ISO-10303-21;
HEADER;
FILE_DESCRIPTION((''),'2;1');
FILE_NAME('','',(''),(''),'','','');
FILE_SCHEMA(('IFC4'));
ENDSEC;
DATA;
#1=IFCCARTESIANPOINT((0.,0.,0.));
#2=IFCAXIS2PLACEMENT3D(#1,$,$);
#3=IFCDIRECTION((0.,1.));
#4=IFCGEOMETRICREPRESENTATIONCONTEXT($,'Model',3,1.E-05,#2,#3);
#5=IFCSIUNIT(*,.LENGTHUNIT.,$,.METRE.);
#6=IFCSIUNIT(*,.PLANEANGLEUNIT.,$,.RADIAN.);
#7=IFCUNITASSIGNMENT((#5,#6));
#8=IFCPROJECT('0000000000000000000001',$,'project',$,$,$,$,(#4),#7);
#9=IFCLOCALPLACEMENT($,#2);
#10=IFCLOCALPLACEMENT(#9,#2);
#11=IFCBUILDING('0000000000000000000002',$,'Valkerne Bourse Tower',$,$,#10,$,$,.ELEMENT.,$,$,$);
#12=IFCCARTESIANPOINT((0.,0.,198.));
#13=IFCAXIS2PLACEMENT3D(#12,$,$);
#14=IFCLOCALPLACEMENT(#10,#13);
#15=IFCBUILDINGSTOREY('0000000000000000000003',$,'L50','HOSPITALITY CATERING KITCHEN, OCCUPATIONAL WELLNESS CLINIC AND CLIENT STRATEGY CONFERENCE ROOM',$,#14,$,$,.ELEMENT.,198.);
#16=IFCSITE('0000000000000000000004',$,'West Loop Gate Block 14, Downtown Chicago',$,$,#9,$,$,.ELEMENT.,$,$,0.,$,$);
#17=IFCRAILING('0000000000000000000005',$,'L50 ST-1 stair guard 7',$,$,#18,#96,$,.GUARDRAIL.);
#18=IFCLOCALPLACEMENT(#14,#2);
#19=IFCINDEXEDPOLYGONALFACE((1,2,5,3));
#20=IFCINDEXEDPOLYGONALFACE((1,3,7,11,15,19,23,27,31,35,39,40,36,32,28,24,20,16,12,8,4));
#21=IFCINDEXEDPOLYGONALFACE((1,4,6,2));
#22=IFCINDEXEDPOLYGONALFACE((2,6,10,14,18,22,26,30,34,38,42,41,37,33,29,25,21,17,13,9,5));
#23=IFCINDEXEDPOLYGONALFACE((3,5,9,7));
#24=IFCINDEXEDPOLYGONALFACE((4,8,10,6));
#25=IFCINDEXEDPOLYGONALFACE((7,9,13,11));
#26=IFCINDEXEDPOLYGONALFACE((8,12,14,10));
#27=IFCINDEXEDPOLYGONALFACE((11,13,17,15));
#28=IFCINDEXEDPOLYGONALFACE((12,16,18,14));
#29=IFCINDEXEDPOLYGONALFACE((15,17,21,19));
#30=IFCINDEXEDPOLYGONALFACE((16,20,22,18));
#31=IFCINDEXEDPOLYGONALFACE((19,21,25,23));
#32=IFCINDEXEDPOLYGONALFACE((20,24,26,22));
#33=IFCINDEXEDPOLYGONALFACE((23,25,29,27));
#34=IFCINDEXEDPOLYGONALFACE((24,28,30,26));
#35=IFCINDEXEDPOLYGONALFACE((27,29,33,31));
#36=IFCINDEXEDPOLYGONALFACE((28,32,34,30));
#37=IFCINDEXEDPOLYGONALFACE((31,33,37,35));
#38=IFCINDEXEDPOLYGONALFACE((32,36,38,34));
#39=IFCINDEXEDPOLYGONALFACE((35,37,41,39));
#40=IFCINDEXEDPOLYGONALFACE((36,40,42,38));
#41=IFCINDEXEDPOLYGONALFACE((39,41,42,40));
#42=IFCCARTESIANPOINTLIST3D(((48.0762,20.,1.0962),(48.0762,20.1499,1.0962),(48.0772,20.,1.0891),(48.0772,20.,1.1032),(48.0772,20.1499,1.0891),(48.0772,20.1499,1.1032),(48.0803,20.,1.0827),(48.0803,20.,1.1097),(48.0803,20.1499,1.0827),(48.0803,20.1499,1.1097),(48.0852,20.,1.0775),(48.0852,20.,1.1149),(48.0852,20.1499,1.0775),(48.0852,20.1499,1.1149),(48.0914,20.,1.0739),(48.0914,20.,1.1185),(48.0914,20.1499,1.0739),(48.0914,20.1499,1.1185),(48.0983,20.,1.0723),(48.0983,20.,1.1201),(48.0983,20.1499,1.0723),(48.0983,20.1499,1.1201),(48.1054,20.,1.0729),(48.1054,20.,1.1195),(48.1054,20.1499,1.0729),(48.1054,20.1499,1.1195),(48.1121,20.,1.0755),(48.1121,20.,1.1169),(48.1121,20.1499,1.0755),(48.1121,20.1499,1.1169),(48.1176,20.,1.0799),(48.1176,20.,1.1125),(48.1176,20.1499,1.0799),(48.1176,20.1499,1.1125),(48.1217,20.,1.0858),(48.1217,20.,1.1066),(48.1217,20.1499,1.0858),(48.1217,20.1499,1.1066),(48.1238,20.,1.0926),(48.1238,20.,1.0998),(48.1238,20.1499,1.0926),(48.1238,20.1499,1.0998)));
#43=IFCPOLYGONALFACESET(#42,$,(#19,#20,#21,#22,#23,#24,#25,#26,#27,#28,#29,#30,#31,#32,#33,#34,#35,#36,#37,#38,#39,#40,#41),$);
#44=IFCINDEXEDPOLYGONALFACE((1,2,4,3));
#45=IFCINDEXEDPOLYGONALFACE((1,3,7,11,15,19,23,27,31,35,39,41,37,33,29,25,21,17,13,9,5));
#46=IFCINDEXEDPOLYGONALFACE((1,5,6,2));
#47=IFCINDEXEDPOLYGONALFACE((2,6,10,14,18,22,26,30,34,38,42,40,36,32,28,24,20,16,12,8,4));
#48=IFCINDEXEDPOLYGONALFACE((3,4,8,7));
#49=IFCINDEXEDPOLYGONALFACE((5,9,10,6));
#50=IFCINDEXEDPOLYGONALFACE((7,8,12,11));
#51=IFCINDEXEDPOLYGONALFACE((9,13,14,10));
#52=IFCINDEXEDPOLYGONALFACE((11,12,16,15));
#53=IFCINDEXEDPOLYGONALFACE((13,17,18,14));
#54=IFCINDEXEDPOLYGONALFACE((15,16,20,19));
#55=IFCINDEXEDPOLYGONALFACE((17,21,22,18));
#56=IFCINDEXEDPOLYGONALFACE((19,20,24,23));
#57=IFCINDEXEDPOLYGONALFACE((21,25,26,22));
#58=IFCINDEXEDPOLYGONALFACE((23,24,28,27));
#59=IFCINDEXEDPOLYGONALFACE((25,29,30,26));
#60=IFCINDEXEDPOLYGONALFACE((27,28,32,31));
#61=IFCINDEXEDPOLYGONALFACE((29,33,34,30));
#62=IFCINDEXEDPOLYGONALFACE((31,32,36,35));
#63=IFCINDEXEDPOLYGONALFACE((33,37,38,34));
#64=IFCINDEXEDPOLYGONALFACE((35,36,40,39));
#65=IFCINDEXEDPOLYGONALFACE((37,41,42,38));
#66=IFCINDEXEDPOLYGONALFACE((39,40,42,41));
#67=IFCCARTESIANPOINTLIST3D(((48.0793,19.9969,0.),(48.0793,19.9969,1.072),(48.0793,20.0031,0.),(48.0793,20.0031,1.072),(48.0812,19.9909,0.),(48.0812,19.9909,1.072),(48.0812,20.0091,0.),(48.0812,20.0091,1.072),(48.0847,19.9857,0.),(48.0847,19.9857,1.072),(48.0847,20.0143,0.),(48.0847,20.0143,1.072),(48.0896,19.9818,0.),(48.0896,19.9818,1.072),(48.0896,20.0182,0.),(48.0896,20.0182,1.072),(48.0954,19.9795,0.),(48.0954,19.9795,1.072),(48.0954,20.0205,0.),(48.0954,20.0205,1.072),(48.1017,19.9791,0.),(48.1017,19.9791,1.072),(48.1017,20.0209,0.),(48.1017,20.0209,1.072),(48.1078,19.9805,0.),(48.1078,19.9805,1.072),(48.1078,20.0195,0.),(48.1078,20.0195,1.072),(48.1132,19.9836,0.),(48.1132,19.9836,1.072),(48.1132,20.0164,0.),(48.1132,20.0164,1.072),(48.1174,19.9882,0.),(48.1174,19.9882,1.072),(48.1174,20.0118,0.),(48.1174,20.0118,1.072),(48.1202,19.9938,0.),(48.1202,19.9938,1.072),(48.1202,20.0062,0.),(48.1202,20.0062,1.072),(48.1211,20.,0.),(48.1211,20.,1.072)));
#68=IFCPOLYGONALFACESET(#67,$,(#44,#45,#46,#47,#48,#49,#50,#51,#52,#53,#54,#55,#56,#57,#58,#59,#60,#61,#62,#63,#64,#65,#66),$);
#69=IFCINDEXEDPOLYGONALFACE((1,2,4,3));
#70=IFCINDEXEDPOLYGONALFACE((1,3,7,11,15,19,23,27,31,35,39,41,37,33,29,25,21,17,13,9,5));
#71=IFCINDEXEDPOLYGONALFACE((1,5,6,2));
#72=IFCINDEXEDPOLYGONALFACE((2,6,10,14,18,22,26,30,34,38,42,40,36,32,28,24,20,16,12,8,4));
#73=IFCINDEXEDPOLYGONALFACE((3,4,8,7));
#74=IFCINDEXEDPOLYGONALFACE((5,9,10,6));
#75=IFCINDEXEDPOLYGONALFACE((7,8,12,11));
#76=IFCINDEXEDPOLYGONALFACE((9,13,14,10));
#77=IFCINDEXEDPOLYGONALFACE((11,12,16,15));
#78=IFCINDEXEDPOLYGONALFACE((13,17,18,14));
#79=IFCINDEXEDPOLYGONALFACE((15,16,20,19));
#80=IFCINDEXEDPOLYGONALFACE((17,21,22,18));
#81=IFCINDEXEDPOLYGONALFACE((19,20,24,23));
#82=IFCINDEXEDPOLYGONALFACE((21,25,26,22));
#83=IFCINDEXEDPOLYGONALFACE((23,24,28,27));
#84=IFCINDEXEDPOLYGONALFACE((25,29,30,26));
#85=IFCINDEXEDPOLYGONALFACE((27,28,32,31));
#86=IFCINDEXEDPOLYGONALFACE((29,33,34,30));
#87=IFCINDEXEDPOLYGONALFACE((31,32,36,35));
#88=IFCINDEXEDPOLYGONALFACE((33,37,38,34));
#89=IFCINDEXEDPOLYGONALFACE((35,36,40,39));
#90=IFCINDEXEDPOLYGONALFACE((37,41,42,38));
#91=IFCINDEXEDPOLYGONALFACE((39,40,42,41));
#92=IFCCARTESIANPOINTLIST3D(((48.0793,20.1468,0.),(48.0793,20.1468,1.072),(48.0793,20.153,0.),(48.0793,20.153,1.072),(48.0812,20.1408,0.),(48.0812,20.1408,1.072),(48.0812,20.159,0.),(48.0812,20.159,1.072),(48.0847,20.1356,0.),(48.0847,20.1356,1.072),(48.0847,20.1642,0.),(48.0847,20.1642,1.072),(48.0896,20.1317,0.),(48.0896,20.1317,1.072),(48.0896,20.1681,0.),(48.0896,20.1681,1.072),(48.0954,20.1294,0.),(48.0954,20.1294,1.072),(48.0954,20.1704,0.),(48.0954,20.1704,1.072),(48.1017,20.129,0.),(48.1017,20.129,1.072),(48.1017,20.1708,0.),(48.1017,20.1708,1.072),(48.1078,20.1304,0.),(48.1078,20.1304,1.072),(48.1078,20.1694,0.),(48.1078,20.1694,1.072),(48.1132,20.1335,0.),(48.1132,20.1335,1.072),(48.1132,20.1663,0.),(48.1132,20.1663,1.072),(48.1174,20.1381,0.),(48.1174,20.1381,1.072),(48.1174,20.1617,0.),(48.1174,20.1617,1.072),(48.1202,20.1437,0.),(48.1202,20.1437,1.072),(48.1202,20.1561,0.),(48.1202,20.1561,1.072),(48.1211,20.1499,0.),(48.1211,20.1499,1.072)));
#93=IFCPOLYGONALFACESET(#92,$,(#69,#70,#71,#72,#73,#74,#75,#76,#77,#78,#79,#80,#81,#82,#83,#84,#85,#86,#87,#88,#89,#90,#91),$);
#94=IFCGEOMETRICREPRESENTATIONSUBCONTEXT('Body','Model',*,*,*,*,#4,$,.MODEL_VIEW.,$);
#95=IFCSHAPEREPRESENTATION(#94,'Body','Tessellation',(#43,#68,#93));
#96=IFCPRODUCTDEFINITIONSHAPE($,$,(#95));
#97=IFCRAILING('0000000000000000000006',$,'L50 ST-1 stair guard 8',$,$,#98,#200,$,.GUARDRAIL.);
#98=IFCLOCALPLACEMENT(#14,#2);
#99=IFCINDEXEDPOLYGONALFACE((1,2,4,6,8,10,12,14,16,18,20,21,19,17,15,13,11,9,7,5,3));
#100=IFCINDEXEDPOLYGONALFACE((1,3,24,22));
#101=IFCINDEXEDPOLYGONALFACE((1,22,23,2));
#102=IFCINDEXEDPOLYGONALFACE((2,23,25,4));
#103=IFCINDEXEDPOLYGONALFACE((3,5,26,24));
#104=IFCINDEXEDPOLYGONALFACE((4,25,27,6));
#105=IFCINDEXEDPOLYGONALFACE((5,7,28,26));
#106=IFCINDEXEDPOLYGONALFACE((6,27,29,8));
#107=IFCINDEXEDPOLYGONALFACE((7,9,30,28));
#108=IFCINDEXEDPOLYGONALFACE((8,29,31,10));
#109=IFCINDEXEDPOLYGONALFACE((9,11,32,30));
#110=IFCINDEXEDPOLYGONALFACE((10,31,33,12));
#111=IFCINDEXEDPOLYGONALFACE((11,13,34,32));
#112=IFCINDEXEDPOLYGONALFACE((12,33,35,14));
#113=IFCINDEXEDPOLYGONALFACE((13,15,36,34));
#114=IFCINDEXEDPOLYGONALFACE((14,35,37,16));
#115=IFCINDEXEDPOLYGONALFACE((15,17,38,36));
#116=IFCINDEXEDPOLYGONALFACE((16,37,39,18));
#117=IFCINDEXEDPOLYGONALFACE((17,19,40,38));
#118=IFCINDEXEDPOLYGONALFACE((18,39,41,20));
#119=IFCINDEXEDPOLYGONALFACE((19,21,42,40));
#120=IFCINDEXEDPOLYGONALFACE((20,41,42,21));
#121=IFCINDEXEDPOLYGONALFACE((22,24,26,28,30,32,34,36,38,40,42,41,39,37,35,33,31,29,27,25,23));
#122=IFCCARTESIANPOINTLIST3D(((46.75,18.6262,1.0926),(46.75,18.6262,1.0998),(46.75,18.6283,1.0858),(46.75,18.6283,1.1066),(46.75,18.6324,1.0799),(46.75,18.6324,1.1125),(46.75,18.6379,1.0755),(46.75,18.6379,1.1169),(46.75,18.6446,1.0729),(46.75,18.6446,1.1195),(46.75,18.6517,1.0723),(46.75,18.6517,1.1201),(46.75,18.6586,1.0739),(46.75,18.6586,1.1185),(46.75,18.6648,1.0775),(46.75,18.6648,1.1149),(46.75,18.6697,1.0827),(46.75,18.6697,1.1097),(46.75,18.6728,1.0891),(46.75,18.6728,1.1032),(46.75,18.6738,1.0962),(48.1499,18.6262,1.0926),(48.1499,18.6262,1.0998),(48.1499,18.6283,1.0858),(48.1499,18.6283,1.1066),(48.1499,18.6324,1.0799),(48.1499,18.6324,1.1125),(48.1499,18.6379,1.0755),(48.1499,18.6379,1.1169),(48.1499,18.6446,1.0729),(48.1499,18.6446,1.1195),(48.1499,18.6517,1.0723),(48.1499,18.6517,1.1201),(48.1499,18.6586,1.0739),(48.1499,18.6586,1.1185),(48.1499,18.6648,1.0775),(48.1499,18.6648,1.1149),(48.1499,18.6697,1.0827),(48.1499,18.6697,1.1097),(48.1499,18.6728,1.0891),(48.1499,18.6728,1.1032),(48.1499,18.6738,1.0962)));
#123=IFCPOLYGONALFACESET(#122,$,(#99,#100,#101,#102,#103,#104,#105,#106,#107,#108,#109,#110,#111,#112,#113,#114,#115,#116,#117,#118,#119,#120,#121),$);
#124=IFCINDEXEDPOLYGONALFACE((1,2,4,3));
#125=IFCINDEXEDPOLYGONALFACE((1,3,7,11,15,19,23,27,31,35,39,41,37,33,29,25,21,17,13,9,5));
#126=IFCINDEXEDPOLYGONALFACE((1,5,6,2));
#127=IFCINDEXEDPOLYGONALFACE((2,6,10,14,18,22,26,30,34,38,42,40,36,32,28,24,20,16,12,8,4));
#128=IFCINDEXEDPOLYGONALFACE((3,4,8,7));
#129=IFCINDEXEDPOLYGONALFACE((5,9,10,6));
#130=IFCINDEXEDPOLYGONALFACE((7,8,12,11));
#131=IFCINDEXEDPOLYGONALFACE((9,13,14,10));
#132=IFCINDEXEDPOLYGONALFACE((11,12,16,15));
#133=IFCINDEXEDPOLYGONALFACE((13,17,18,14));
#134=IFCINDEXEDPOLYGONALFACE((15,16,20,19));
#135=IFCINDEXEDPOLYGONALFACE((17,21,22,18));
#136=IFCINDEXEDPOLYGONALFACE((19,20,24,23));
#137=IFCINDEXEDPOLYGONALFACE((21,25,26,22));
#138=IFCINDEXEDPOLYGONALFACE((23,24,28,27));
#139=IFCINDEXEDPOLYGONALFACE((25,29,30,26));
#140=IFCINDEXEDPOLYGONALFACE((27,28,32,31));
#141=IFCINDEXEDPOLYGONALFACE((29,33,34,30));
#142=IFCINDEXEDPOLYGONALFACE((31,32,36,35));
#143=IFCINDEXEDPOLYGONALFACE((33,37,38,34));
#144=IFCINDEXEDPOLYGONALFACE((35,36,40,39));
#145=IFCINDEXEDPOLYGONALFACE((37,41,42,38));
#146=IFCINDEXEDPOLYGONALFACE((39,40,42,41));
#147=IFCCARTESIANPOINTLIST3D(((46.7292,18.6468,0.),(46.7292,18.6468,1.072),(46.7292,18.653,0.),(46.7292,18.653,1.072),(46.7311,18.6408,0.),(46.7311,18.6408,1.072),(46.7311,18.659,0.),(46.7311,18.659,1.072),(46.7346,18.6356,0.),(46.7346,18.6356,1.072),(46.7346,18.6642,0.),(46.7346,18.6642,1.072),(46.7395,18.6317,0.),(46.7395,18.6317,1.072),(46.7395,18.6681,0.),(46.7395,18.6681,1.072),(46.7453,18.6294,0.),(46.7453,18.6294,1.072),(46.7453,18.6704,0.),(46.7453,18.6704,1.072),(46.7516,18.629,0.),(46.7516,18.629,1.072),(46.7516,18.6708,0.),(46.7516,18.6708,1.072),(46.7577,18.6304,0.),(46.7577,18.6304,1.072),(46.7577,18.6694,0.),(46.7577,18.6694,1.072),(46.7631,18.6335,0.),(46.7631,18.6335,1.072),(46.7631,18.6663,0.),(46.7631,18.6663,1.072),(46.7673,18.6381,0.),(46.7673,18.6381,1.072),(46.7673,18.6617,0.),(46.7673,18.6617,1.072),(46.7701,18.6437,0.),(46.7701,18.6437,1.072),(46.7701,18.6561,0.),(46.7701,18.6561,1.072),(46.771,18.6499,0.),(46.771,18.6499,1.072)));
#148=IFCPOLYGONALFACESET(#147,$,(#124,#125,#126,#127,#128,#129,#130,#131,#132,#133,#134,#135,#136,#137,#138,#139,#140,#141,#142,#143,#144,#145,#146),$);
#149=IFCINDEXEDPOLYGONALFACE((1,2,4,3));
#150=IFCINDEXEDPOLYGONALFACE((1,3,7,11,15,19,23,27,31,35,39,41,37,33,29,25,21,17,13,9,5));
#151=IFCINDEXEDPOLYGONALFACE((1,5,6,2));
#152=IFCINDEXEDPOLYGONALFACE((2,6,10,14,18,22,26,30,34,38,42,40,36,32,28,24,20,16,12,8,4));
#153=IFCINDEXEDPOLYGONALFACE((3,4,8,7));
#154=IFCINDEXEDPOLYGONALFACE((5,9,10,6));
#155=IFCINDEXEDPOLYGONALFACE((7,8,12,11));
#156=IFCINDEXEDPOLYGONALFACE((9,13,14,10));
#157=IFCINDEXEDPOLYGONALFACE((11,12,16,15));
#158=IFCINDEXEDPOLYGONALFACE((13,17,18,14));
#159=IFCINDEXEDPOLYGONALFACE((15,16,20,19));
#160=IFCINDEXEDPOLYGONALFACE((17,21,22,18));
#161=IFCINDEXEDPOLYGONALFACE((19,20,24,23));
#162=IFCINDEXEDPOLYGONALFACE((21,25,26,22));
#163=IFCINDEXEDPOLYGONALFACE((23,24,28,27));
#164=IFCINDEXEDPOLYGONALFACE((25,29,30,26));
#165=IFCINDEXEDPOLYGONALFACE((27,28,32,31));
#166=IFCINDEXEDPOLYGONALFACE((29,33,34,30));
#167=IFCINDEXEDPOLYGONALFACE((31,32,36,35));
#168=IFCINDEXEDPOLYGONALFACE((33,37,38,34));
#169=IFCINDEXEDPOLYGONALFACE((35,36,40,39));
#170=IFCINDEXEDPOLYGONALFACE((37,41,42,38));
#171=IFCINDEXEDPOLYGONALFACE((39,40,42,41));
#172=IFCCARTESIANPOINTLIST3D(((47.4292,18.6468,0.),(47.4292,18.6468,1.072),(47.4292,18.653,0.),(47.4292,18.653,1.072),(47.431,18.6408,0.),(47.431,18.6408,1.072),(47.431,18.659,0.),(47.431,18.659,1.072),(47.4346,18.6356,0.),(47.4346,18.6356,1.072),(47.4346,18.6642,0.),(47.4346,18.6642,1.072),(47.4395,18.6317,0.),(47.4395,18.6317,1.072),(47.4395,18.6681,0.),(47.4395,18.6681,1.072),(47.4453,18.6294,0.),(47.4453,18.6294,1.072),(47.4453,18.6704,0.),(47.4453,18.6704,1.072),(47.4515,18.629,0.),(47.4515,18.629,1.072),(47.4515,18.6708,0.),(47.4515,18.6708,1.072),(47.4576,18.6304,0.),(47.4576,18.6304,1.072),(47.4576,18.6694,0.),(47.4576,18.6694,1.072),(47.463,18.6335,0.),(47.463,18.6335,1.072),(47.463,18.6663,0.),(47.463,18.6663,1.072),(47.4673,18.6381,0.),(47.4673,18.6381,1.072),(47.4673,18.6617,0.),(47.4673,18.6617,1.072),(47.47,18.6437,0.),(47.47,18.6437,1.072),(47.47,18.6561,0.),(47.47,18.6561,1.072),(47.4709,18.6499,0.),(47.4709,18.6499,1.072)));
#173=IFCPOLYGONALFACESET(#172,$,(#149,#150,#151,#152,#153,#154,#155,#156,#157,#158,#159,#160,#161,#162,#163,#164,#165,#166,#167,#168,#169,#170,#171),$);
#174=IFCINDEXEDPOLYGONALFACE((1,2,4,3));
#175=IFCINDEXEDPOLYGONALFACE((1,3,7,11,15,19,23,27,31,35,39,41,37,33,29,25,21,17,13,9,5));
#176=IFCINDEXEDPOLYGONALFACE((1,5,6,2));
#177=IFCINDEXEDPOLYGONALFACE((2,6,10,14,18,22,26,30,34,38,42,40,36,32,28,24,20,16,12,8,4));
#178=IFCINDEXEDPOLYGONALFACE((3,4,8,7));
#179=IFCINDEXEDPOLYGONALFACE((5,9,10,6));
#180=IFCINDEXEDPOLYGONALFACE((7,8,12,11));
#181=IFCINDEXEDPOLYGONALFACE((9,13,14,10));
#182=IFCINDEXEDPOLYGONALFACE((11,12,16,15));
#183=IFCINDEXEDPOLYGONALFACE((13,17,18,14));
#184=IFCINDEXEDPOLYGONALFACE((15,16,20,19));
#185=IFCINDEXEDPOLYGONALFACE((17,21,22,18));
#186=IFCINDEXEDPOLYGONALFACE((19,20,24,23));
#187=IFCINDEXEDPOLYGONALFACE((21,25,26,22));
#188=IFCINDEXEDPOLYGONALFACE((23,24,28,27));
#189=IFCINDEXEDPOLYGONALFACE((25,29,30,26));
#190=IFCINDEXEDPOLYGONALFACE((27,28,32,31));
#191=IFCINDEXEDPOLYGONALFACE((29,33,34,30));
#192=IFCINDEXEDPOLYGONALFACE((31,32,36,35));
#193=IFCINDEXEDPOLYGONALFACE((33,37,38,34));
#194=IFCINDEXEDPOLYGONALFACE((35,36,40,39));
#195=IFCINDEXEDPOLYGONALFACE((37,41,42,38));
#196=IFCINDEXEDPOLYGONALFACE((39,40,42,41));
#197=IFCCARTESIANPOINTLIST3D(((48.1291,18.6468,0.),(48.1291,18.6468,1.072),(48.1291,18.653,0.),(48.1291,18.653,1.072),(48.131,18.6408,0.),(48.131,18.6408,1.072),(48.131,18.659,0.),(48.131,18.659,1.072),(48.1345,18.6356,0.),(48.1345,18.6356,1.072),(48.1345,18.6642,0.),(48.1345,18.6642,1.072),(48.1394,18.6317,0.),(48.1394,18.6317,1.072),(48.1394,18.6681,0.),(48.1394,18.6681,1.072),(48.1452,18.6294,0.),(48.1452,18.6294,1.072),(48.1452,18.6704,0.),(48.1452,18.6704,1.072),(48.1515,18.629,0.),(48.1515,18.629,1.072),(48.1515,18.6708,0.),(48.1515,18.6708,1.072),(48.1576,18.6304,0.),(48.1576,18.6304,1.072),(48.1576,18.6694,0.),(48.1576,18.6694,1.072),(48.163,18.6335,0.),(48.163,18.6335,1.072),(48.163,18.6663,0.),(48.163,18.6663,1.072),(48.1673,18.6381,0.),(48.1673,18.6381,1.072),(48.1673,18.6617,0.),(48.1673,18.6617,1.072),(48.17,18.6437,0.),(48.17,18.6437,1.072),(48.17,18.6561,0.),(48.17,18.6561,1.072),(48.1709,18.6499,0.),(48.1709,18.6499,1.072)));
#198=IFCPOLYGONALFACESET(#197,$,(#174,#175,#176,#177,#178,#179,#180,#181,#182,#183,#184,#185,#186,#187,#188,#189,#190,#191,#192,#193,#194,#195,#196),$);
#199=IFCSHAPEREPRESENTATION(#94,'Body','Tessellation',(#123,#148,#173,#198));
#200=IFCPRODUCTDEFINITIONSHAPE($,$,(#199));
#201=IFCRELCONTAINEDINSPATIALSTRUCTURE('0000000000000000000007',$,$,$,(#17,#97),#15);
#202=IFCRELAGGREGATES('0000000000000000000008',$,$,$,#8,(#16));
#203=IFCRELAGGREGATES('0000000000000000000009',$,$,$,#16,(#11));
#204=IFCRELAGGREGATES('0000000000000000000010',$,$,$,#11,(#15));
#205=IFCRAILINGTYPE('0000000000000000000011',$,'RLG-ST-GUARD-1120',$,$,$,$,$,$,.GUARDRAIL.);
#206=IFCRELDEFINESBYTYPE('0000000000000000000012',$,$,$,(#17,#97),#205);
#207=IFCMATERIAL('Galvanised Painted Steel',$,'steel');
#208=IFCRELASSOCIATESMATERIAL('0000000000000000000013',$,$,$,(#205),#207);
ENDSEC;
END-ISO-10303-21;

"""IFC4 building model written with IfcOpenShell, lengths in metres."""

from ifc_helpers import new_model, si_unit, direction, frame, origin, origin_2d, place, context, subcontext, project, spatial, circle, extrude, material, type_object, element, save


model = new_model("IFC4")

# Units and contexts
model_context = context("Model", 3, precision=1e-05, world=origin(), true_north=direction((0.0, 1.0)))
body_context = subcontext(model_context, "Body", "Model", "MODEL_VIEW")
ifc_project = project(units=[si_unit("LENGTHUNIT", "METRE"), si_unit("PLANEANGLEUNIT", "RADIAN")], contexts=[model_context])

# Site, building, storey
site_placement = place(None, origin())
site = spatial("IfcSite", under=ifc_project, at=site_placement, Name="West Loop Gate Block 14, Downtown Chicago", CompositionType="ELEMENT", RefElevation=0.0)
building_placement = place(site_placement, origin())
building = spatial("IfcBuilding", under=site, at=building_placement, Name="Valkerne Bourse Tower", CompositionType="ELEMENT")
storey_placement = place(building_placement, frame((0.0, 0.0, 198.0)))
storey = spatial("IfcBuildingStorey", under=building, at=storey_placement, Name="L50", Description="HOSPITALITY CATERING KITCHEN, OCCUPATIONAL WELLNESS CLINIC AND CLIENT STRATEGY CONFERENCE ROOM", CompositionType="ELEMENT", Elevation=198.0)

# Shared definitions
ifc_material_1 = material(Name="Galvanised Painted Steel", Category="steel")

# Railings
railing_type_1 = type_object("IfcRailingType", Name="RLG-ST-GUARD-1120", PredefinedType="GUARDRAIL", material=ifc_material_1)
railing_1_placement = place(storey_placement, frame((48.1001, 20.0, 0.0)))
element("IfcRailing", 1, at=railing_1_placement, inside=storey, type_object=railing_type_1, Name="L50 ST-1 stair guard 7", PredefinedType="GUARDRAIL", context=body_context, shape_type="SweptSolid", body=[
    extrude(circle(Radius=0.0239, at=origin_2d()), frame((0.0, 0.0, 1.0962), z_axis=(0.0, 1.0, 0.0), x_axis=(-1.0, 0.0, 0.0)), (0.0, 0.0, 1.0), 0.1499),
    extrude(circle(Radius=0.021, at=origin_2d()), origin(), (0.0, 0.0, 1.0), 1.072),
    extrude(circle(Radius=0.021, at=origin_2d()), frame((0.0, 0.1499, 0.0)), (0.0, 0.0, 1.0), 1.072),
])
for number, where, name in (
    (2, (46.75, 18.6499, 0.0), "L50 ST-1 stair guard 8"),
):
    element("IfcRailing", number, at=place(storey_placement, frame(where)), inside=storey, type_object=railing_type_1, Name=name, PredefinedType="GUARDRAIL", context=body_context, shape_type="SweptSolid", body=[
        extrude(circle(Radius=0.0239, at=origin_2d()), frame((0.0, 0.0, 1.0962), z_axis=(1.0, 0.0, 0.0), x_axis=(0.0, 1.0, 0.0)), (0.0, 0.0, 1.0), 1.3999),
        extrude(circle(Radius=0.021, at=origin_2d()), origin(), (0.0, 0.0, 1.0), 1.072),
        extrude(circle(Radius=0.021, at=origin_2d()), frame((0.7, 0.0, 0.0)), (0.0, 0.0, 1.0), 1.072),
        extrude(circle(Radius=0.021, at=origin_2d()), frame((1.3999, 0.0, 0.0)), (0.0, 0.0, 1.0), 1.072),
    ])

save(model, "model.ifc")
